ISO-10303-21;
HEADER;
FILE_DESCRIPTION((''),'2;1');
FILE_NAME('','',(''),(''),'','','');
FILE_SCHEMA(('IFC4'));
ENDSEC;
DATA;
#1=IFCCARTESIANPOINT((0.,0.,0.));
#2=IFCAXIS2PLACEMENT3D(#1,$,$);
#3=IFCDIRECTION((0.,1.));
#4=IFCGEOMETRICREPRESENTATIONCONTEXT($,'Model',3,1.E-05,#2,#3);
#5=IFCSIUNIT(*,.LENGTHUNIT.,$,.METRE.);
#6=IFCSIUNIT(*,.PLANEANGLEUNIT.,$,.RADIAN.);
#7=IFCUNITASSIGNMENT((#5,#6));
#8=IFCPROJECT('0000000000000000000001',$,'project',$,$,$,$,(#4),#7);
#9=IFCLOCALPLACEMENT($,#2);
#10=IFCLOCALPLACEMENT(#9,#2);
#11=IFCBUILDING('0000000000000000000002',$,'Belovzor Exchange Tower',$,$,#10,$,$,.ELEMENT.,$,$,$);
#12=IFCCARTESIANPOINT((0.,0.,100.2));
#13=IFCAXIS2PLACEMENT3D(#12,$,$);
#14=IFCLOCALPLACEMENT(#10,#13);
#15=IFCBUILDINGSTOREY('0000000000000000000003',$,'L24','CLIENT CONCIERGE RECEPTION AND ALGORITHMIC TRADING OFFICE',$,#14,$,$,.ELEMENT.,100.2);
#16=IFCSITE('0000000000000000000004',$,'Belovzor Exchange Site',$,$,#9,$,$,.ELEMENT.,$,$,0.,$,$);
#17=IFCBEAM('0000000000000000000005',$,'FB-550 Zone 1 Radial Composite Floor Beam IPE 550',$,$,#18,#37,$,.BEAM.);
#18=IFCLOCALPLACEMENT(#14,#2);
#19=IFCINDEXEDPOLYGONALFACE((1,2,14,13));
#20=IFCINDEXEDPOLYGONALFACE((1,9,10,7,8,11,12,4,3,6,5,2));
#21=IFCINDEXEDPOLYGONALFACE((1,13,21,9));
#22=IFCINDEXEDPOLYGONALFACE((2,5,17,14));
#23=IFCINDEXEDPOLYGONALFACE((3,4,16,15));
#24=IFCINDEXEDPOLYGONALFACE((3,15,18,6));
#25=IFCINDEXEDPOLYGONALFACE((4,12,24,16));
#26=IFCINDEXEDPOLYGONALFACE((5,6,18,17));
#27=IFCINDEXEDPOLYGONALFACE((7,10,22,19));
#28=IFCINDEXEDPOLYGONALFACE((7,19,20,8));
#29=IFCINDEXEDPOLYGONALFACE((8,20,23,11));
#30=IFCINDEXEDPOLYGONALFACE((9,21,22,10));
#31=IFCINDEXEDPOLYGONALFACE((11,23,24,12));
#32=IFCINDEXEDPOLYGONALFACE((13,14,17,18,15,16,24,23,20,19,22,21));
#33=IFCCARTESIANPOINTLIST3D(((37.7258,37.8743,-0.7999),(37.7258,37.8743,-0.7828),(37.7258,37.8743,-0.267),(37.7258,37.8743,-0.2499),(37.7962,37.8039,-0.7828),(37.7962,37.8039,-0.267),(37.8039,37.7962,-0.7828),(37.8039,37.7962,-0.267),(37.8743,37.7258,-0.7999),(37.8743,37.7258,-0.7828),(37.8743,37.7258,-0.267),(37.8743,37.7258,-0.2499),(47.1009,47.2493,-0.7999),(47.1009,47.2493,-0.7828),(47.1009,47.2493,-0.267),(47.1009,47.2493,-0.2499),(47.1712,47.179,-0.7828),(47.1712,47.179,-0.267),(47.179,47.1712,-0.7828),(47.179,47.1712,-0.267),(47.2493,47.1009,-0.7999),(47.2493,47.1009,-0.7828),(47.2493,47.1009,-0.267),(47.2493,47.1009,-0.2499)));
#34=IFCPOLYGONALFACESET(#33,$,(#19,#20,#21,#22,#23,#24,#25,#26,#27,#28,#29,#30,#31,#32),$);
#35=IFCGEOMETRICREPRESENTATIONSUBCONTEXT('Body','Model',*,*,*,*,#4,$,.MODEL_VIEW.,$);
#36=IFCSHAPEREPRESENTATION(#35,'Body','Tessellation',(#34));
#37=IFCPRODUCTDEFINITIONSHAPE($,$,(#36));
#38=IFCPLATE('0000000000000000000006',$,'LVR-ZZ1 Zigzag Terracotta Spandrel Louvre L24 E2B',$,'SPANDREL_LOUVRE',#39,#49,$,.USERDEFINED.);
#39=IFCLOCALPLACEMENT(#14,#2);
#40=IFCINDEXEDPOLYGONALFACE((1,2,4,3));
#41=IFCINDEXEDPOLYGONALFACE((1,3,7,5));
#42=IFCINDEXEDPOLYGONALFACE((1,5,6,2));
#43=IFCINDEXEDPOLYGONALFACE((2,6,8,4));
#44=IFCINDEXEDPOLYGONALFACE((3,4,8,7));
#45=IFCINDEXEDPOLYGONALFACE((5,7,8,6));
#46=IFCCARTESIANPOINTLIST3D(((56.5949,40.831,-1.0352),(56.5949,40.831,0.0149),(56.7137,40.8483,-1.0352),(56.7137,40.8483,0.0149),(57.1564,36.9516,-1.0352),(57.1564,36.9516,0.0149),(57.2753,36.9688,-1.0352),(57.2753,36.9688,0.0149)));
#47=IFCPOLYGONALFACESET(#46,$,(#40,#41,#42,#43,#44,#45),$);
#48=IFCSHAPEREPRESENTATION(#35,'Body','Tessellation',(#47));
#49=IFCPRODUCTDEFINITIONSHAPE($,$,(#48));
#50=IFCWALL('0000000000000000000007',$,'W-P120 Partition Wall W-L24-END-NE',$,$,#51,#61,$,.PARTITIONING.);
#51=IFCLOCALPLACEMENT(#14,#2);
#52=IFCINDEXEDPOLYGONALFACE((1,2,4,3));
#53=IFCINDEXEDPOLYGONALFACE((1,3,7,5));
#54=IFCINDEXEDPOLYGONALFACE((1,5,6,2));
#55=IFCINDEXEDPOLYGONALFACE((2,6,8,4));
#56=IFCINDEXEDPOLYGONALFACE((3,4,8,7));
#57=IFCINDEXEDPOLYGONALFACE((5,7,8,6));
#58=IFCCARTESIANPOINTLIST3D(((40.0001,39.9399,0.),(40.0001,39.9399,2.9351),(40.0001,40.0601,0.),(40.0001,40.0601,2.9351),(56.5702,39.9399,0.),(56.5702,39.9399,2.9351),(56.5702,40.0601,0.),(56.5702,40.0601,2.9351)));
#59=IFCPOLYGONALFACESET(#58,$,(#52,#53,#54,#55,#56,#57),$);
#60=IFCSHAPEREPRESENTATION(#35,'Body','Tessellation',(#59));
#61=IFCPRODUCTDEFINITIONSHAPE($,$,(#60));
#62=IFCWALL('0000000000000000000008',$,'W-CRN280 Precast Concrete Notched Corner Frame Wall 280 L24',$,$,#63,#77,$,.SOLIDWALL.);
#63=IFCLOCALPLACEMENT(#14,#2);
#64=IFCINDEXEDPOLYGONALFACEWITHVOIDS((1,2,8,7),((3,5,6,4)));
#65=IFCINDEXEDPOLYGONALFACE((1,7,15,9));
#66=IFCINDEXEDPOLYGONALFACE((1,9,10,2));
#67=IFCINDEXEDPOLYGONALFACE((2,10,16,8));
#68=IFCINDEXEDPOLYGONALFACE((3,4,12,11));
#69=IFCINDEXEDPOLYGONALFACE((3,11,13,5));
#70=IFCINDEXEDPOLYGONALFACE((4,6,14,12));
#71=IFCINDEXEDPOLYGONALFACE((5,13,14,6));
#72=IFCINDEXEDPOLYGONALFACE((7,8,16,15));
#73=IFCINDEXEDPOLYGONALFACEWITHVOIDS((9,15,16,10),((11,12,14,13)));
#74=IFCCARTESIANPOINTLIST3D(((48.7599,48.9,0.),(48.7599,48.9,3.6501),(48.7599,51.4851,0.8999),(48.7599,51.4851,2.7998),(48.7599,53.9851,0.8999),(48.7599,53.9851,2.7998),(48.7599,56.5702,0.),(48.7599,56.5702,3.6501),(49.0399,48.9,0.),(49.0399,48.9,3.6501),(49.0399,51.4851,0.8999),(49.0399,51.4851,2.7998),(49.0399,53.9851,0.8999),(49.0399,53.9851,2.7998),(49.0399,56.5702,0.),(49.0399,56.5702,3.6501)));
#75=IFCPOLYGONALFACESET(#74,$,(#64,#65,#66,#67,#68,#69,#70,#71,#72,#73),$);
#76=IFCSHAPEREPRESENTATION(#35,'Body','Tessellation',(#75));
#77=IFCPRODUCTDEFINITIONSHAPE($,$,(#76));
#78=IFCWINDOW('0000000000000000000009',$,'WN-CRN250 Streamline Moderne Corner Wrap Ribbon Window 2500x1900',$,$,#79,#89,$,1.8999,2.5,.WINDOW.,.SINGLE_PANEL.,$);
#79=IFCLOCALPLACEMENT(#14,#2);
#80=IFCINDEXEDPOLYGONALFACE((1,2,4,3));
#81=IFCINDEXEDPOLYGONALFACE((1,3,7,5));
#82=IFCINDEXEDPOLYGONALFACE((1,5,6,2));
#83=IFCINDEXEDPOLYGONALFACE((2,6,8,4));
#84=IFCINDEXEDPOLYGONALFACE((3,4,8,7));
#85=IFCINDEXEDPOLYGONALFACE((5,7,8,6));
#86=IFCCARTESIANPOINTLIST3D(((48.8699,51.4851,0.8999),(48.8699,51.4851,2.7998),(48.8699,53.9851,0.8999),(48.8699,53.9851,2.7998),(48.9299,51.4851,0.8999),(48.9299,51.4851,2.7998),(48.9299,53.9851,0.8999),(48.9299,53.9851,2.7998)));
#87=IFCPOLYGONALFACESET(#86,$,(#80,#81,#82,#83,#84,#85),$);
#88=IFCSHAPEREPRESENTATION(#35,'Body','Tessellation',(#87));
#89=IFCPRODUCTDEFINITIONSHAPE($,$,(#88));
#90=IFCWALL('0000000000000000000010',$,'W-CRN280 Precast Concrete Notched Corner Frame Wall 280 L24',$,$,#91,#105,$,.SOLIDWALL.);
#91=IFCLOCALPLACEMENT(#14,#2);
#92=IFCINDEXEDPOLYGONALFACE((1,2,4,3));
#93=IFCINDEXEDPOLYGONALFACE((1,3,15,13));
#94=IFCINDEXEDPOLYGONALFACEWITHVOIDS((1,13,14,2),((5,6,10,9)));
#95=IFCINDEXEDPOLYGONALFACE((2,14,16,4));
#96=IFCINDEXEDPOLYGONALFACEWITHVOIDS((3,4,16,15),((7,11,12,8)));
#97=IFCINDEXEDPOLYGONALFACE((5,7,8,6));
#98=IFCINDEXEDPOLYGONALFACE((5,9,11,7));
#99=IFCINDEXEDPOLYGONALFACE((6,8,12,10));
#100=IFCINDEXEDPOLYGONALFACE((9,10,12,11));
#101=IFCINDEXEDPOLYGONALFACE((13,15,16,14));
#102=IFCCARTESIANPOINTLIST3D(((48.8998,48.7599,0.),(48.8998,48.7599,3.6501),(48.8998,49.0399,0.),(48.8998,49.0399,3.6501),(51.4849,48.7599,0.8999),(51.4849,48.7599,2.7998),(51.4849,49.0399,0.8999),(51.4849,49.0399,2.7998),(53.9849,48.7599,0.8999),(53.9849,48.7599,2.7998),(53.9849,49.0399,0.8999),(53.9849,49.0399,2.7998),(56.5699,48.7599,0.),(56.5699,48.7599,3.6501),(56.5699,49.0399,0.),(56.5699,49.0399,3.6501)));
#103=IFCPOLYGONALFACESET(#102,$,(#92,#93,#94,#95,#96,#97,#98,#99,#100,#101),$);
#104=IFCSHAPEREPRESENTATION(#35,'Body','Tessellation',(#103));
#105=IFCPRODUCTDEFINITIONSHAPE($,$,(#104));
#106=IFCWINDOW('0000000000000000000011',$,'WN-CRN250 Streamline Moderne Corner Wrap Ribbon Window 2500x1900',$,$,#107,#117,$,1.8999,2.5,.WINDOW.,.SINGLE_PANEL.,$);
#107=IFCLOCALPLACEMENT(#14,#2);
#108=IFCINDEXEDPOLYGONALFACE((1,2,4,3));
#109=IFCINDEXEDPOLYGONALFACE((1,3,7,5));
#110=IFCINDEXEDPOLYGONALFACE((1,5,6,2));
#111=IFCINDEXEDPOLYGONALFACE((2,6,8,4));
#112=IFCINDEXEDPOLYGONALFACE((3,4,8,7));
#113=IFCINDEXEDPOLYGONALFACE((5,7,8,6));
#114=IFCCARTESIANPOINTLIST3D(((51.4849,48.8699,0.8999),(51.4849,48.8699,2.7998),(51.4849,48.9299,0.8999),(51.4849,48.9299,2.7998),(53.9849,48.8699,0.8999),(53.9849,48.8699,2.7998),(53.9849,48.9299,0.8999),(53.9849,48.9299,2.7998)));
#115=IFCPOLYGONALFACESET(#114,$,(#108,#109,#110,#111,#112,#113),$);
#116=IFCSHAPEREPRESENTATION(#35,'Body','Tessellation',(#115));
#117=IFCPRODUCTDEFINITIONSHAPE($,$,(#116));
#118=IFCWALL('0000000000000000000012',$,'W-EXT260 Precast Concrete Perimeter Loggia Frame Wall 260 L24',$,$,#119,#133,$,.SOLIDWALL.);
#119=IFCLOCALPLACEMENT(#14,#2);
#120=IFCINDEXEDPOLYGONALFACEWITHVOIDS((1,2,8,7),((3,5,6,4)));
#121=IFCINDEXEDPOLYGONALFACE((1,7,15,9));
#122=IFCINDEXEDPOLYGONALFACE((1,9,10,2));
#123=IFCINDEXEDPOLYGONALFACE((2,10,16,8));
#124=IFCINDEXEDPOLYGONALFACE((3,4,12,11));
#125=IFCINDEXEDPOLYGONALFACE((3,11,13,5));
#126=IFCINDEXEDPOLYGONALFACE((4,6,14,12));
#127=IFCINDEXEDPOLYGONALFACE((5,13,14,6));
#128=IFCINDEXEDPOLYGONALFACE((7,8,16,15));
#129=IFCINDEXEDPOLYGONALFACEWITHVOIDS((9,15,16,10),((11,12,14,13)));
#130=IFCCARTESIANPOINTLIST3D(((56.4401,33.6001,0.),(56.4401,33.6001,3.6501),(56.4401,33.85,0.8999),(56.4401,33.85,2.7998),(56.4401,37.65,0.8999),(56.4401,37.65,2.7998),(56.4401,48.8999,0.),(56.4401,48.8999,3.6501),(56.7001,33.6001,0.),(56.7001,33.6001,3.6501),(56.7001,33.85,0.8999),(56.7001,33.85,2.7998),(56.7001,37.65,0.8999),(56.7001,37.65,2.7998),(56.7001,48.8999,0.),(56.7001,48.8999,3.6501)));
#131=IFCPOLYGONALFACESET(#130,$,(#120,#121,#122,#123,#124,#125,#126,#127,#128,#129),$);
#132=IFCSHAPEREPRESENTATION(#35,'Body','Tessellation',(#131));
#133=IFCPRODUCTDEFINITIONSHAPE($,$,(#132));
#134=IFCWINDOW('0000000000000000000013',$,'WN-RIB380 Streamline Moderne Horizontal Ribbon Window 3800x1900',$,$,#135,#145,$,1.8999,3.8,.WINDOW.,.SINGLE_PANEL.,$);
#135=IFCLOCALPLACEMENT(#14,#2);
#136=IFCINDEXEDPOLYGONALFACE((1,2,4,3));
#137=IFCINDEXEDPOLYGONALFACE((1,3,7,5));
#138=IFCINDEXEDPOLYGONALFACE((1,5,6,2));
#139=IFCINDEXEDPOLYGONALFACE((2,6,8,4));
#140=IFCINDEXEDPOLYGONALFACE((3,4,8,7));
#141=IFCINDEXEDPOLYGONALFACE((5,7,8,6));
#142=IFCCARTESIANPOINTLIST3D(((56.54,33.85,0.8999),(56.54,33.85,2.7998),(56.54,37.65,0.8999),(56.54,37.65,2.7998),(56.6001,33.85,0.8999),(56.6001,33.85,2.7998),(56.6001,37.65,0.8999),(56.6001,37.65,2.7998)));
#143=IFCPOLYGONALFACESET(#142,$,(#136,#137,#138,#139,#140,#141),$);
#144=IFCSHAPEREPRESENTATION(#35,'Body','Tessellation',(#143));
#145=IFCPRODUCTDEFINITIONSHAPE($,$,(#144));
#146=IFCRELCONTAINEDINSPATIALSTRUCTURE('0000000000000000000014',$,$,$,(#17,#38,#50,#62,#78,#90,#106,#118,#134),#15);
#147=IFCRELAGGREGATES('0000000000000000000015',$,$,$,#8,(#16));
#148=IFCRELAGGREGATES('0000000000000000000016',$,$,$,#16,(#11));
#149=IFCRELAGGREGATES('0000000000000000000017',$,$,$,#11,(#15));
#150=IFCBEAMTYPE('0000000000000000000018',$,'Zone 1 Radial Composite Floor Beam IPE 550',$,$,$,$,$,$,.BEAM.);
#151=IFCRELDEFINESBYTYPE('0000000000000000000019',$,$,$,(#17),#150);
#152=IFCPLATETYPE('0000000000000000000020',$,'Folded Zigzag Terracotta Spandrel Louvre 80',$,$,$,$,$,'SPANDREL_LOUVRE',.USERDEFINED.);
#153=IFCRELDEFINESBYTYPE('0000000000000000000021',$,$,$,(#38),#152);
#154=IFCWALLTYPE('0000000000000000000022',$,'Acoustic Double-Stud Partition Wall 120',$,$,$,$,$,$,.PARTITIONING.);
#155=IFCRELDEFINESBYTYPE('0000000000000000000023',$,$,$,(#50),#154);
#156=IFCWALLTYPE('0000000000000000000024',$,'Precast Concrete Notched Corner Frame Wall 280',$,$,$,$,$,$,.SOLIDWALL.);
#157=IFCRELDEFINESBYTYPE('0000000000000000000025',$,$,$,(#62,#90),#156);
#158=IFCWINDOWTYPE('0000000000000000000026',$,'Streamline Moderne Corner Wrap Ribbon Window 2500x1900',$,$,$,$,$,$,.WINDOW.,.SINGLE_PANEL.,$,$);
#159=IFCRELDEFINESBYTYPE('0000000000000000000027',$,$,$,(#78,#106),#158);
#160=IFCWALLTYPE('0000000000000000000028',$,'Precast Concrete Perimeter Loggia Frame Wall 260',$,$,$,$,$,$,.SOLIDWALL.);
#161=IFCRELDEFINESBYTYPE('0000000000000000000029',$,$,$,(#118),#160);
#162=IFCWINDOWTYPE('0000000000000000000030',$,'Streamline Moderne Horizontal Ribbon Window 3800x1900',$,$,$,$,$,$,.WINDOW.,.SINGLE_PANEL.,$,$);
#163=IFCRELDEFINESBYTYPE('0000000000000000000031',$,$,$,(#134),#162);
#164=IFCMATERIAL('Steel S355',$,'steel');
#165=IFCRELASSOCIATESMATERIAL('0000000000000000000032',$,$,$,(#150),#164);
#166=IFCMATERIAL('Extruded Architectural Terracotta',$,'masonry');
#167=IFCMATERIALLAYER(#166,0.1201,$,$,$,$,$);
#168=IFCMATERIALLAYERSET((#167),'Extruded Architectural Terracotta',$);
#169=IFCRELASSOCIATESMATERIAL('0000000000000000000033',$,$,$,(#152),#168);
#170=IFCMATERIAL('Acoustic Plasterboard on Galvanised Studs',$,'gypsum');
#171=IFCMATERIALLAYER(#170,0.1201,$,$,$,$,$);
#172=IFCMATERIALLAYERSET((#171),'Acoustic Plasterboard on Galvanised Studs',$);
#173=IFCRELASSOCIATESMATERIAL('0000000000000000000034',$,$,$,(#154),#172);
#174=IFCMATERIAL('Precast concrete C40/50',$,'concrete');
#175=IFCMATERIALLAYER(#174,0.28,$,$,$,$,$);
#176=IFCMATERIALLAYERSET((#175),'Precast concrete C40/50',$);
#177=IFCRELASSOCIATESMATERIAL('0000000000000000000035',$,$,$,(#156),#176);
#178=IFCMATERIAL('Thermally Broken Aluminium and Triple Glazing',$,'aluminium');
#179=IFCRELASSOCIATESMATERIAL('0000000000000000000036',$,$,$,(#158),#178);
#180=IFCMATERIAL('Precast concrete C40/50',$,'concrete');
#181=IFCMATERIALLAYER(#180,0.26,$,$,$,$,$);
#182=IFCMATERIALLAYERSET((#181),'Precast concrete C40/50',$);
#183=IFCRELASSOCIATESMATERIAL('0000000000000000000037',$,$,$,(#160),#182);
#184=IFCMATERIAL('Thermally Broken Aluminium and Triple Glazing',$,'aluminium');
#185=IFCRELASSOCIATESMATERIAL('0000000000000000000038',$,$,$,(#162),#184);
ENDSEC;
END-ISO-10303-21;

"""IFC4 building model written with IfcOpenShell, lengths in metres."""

from ifc_helpers import new_model, si_unit, direction, frame, frame_2d, origin, origin_2d, place, context, subcontext, project, spatial, rectangle, i_section, extrude, material, layer, layer_set, material_profile, profile_set, type_object, element, fill, save


model = new_model("IFC4")

# Units and contexts
model_context = context("Model", 3, precision=1e-05, world=origin(), true_north=direction((0.0, 1.0)))
body_context = subcontext(model_context, "Body", "Model", "MODEL_VIEW")
ifc_project = project(units=[si_unit("LENGTHUNIT", "METRE"), si_unit("PLANEANGLEUNIT", "RADIAN")], contexts=[model_context])

# Site, building, storey
site_placement = place(None, origin())
site = spatial("IfcSite", under=ifc_project, at=site_placement, Name="Belovzor Exchange Site", CompositionType="ELEMENT", RefElevation=0.0)
building_placement = place(site_placement, origin())
building = spatial("IfcBuilding", under=site, at=building_placement, Name="Belovzor Exchange Tower", CompositionType="ELEMENT")
storey_placement = place(building_placement, frame((0.0, 0.0, 100.2)))
storey = spatial("IfcBuildingStorey", under=building, at=storey_placement, Name="L24", Description="CLIENT CONCIERGE RECEPTION AND ALGORITHMIC TRADING OFFICE", CompositionType="ELEMENT", Elevation=100.2)

# Beam
ifc_material_1 = material(Name="Steel S355", Category="steel")
ifc_material_profile_1 = material_profile(ifc_material_1, i_section(OverallWidth=0.21, OverallDepth=0.55, WebThickness=0.011, FlangeThickness=0.0171, at=origin_2d()))
ifc_profile_set_1 = profile_set([ifc_material_profile_1], Name="Steel S355")
beam_type_1 = type_object("IfcBeamType", Name="Zone 1 Radial Composite Floor Beam IPE 550", PredefinedType="BEAM", material=ifc_profile_set_1)
beam_1_placement = place(storey_placement, frame((37.8, 37.8, -0.5249), z_axis=(0.707107, 0.707107, 0.0), x_axis=(-0.707107, 0.707107, 0.0)))
element("IfcBeam", 1, at=beam_1_placement, inside=storey, type_object=beam_type_1, Name="FB-550 Zone 1 Radial Composite Floor Beam IPE 550", PredefinedType="BEAM", context=body_context, shape_type="SweptSolid", body=[
    extrude(i_section(OverallWidth=0.21, OverallDepth=0.55, WebThickness=0.011, FlangeThickness=0.0171, at=origin_2d()), origin(), (0.0, 0.0, 1.0), 13.2583),
])

# Plate
ifc_material_2 = material(Name="Extruded Architectural Terracotta", Category="masonry")
ifc_layer_1 = layer(ifc_material_2, 0.1201)
ifc_layer_set_1 = layer_set([ifc_layer_1], Name="Extruded Architectural Terracotta")
plate_type = type_object("IfcPlateType", Name="Folded Zigzag Terracotta Spandrel Louvre 80", ElementType="SPANDREL_LOUVRE", PredefinedType="USERDEFINED", material=ifc_layer_set_1)
plate_placement = place(storey_placement, frame((56.9351, 38.8999, -1.0352), z_axis=(0.0, 0.0, 1.0), x_axis=(-0.143251, 0.989686, 0.0)))
element("IfcPlate", 2, at=plate_placement, inside=storey, type_object=plate_type, Name="LVR-ZZ1 Zigzag Terracotta Spandrel Louvre L24 E2B", ObjectType="SPANDREL_LOUVRE", PredefinedType="USERDEFINED", context=body_context, shape_type="SweptSolid", body=[
    extrude(rectangle(XDim=3.9199, YDim=0.1201, at=origin_2d()), origin(), (0.0, 0.0, 1.0), 1.05),
])

# Wall
ifc_material_3 = material(Name="Acoustic Plasterboard on Galvanised Studs", Category="gypsum")
ifc_layer_2 = layer(ifc_material_3, 0.1201)
ifc_layer_set_2 = layer_set([ifc_layer_2], Name="Acoustic Plasterboard on Galvanised Studs")
wall_type_1 = type_object("IfcWallType", Name="Acoustic Double-Stud Partition Wall 120", PredefinedType="PARTITIONING", material=ifc_layer_set_2)
wall_1_placement = place(storey_placement, frame((40.0, 40.0, 0.0), z_axis=(0.0, 0.0, 1.0), x_axis=(1.0, 0.0, 0.0)))
element("IfcWall", 3, at=wall_1_placement, inside=storey, type_object=wall_type_1, Name="W-P120 Partition Wall W-L24-END-NE", PredefinedType="PARTITIONING", context=body_context, shape_type="SweptSolid", body=[
    extrude(rectangle(XDim=16.5701, YDim=0.1201, at=frame_2d((8.2852, 0.0))), origin(), (0.0, 0.0, 1.0), 2.9351),
])

# Walls, openings, windows
ifc_material_4 = material(Name="Precast concrete C40/50", Category="concrete")
ifc_layer_3 = layer(ifc_material_4, 0.28)
ifc_layer_set_3 = layer_set([ifc_layer_3], Name="Precast concrete C40/50")
wall_type_2 = type_object("IfcWallType", Name="Precast Concrete Notched Corner Frame Wall 280", PredefinedType="SOLIDWALL", material=ifc_layer_set_3)
wall_2_placement = place(storey_placement, frame((48.8999, 56.5701, 0.0), z_axis=(0.0, 0.0, 1.0), x_axis=(0.0, -1.0, 0.0)))
wall_2 = element("IfcWall", 4, at=wall_2_placement, inside=storey, type_object=wall_type_2, Name="W-CRN280 Precast Concrete Notched Corner Frame Wall 280 L24", PredefinedType="SOLIDWALL", context=body_context, shape_type="SweptSolid", body=[
    extrude(rectangle(XDim=7.6702, YDim=0.28, at=frame_2d((3.835, 0.0))), origin(), (0.0, 0.0, 1.0), 3.6501),
])
opening_1_placement = place(wall_2_placement, frame((2.585, 0.0, 0.8999)))
opening_1 = element("IfcOpeningElement", 5, at=opening_1_placement, cuts=wall_2, PredefinedType="OPENING", context=body_context, shape_type="SweptSolid", body=[
    extrude(rectangle(XDim=2.5, YDim=1.8999, at=frame_2d((1.25, 0.95))), frame((0.0, 0.1499, 0.0), z_axis=(0.0, -1.0, 0.0), x_axis=(1.0, 0.0, 0.0)), (0.0, 0.0, 1.0), 0.3),
])
ifc_material_5 = material(Name="Thermally Broken Aluminium and Triple Glazing", Category="aluminium")
window_type_1 = type_object("IfcWindowType", Name="Streamline Moderne Corner Wrap Ribbon Window 2500x1900", PartitioningType="SINGLE_PANEL", PredefinedType="WINDOW", material=ifc_material_5)
window_1_placement = place(opening_1_placement, origin())
window_1 = element("IfcWindow", 6, at=window_1_placement, inside=storey, type_object=window_type_1, Name="WN-CRN250 Streamline Moderne Corner Wrap Ribbon Window 2500x1900", OverallHeight=1.8999, OverallWidth=2.5, PartitioningType="SINGLE_PANEL", PredefinedType="WINDOW", context=body_context, shape_type="SweptSolid", body=[
    extrude(rectangle(XDim=2.5, YDim=1.8999, at=frame_2d((1.25, 0.95))), frame((0.0, 0.03, 0.0), z_axis=(0.0, -1.0, 0.0), x_axis=(1.0, 0.0, 0.0)), (0.0, 0.0, 1.0), 0.0601),
])
fill(opening_1, window_1)
wall_3_placement = place(storey_placement, frame((48.8999, 48.8999, 0.0), z_axis=(0.0, 0.0, 1.0), x_axis=(1.0, 0.0, 0.0)))
wall_3 = element("IfcWall", 7, at=wall_3_placement, inside=storey, type_object=wall_type_2, Name="W-CRN280 Precast Concrete Notched Corner Frame Wall 280 L24", PredefinedType="SOLIDWALL", context=body_context, shape_type="SweptSolid", body=[
    extrude(rectangle(XDim=7.6702, YDim=0.28, at=frame_2d((3.835, 0.0))), origin(), (0.0, 0.0, 1.0), 3.6501),
])
opening_2_placement = place(wall_3_placement, frame((2.585, 0.0, 0.8999)))
opening_2 = element("IfcOpeningElement", 8, at=opening_2_placement, cuts=wall_3, PredefinedType="OPENING", context=body_context, shape_type="SweptSolid", body=[
    extrude(rectangle(XDim=2.5, YDim=1.8999, at=frame_2d((1.25, 0.95))), frame((0.0, 0.1499, 0.0), z_axis=(0.0, -1.0, 0.0), x_axis=(1.0, 0.0, 0.0)), (0.0, 0.0, 1.0), 0.3),
])
window_2_placement = place(opening_2_placement, origin())
window_2 = element("IfcWindow", 9, at=window_2_placement, inside=storey, type_object=window_type_1, Name="WN-CRN250 Streamline Moderne Corner Wrap Ribbon Window 2500x1900", OverallHeight=1.8999, OverallWidth=2.5, PartitioningType="SINGLE_PANEL", PredefinedType="WINDOW", context=body_context, shape_type="SweptSolid", body=[
    extrude(rectangle(XDim=2.5, YDim=1.8999, at=frame_2d((1.25, 0.95))), frame((0.0, 0.03, 0.0), z_axis=(0.0, -1.0, 0.0), x_axis=(1.0, 0.0, 0.0)), (0.0, 0.0, 1.0), 0.0601),
])
fill(opening_2, window_2)
ifc_material_6 = material(Name="Precast concrete C40/50", Category="concrete")
ifc_layer_4 = layer(ifc_material_6, 0.26)
ifc_layer_set_4 = layer_set([ifc_layer_4], Name="Precast concrete C40/50")
wall_type_3 = type_object("IfcWallType", Name="Precast Concrete Perimeter Loggia Frame Wall 260", PredefinedType="SOLIDWALL", material=ifc_layer_set_4)
wall_4_placement = place(storey_placement, frame((56.5701, 48.8999, 0.0), z_axis=(0.0, 0.0, 1.0), x_axis=(0.0, -1.0, 0.0)))
wall_4 = element("IfcWall", 10, at=wall_4_placement, inside=storey, type_object=wall_type_3, Name="W-EXT260 Precast Concrete Perimeter Loggia Frame Wall 260 L24", PredefinedType="SOLIDWALL", context=body_context, shape_type="SweptSolid", body=[
    extrude(rectangle(XDim=15.2998, YDim=0.26, at=frame_2d((7.6499, 0.0))), origin(), (0.0, 0.0, 1.0), 3.6501),
])
opening_3_placement = place(wall_4_placement, frame((11.25, 0.0, 0.8999)))
opening_3 = element("IfcOpeningElement", 11, at=opening_3_placement, cuts=wall_4, PredefinedType="OPENING", context=body_context, shape_type="SweptSolid", body=[
    extrude(rectangle(XDim=3.8, YDim=1.8999, at=frame_2d((1.8999, 0.95))), frame((0.0, 0.1399, 0.0), z_axis=(0.0, -1.0, 0.0), x_axis=(1.0, 0.0, 0.0)), (0.0, 0.0, 1.0), 0.28),
])
ifc_material_7 = material(Name="Thermally Broken Aluminium and Triple Glazing", Category="aluminium")
window_type_2 = type_object("IfcWindowType", Name="Streamline Moderne Horizontal Ribbon Window 3800x1900", PartitioningType="SINGLE_PANEL", PredefinedType="WINDOW", material=ifc_material_7)
window_3_placement = place(opening_3_placement, origin())
window_3 = element("IfcWindow", 12, at=window_3_placement, inside=storey, type_object=window_type_2, Name="WN-RIB380 Streamline Moderne Horizontal Ribbon Window 3800x1900", OverallHeight=1.8999, OverallWidth=3.8, PartitioningType="SINGLE_PANEL", PredefinedType="WINDOW", context=body_context, shape_type="SweptSolid", body=[
    extrude(rectangle(XDim=3.8, YDim=1.8999, at=frame_2d((1.8999, 0.95))), frame((0.0, 0.03, 0.0), z_axis=(0.0, -1.0, 0.0), x_axis=(1.0, 0.0, 0.0)), (0.0, 0.0, 1.0), 0.0601),
])
fill(opening_3, window_3)

save(model, "model.ifc")
